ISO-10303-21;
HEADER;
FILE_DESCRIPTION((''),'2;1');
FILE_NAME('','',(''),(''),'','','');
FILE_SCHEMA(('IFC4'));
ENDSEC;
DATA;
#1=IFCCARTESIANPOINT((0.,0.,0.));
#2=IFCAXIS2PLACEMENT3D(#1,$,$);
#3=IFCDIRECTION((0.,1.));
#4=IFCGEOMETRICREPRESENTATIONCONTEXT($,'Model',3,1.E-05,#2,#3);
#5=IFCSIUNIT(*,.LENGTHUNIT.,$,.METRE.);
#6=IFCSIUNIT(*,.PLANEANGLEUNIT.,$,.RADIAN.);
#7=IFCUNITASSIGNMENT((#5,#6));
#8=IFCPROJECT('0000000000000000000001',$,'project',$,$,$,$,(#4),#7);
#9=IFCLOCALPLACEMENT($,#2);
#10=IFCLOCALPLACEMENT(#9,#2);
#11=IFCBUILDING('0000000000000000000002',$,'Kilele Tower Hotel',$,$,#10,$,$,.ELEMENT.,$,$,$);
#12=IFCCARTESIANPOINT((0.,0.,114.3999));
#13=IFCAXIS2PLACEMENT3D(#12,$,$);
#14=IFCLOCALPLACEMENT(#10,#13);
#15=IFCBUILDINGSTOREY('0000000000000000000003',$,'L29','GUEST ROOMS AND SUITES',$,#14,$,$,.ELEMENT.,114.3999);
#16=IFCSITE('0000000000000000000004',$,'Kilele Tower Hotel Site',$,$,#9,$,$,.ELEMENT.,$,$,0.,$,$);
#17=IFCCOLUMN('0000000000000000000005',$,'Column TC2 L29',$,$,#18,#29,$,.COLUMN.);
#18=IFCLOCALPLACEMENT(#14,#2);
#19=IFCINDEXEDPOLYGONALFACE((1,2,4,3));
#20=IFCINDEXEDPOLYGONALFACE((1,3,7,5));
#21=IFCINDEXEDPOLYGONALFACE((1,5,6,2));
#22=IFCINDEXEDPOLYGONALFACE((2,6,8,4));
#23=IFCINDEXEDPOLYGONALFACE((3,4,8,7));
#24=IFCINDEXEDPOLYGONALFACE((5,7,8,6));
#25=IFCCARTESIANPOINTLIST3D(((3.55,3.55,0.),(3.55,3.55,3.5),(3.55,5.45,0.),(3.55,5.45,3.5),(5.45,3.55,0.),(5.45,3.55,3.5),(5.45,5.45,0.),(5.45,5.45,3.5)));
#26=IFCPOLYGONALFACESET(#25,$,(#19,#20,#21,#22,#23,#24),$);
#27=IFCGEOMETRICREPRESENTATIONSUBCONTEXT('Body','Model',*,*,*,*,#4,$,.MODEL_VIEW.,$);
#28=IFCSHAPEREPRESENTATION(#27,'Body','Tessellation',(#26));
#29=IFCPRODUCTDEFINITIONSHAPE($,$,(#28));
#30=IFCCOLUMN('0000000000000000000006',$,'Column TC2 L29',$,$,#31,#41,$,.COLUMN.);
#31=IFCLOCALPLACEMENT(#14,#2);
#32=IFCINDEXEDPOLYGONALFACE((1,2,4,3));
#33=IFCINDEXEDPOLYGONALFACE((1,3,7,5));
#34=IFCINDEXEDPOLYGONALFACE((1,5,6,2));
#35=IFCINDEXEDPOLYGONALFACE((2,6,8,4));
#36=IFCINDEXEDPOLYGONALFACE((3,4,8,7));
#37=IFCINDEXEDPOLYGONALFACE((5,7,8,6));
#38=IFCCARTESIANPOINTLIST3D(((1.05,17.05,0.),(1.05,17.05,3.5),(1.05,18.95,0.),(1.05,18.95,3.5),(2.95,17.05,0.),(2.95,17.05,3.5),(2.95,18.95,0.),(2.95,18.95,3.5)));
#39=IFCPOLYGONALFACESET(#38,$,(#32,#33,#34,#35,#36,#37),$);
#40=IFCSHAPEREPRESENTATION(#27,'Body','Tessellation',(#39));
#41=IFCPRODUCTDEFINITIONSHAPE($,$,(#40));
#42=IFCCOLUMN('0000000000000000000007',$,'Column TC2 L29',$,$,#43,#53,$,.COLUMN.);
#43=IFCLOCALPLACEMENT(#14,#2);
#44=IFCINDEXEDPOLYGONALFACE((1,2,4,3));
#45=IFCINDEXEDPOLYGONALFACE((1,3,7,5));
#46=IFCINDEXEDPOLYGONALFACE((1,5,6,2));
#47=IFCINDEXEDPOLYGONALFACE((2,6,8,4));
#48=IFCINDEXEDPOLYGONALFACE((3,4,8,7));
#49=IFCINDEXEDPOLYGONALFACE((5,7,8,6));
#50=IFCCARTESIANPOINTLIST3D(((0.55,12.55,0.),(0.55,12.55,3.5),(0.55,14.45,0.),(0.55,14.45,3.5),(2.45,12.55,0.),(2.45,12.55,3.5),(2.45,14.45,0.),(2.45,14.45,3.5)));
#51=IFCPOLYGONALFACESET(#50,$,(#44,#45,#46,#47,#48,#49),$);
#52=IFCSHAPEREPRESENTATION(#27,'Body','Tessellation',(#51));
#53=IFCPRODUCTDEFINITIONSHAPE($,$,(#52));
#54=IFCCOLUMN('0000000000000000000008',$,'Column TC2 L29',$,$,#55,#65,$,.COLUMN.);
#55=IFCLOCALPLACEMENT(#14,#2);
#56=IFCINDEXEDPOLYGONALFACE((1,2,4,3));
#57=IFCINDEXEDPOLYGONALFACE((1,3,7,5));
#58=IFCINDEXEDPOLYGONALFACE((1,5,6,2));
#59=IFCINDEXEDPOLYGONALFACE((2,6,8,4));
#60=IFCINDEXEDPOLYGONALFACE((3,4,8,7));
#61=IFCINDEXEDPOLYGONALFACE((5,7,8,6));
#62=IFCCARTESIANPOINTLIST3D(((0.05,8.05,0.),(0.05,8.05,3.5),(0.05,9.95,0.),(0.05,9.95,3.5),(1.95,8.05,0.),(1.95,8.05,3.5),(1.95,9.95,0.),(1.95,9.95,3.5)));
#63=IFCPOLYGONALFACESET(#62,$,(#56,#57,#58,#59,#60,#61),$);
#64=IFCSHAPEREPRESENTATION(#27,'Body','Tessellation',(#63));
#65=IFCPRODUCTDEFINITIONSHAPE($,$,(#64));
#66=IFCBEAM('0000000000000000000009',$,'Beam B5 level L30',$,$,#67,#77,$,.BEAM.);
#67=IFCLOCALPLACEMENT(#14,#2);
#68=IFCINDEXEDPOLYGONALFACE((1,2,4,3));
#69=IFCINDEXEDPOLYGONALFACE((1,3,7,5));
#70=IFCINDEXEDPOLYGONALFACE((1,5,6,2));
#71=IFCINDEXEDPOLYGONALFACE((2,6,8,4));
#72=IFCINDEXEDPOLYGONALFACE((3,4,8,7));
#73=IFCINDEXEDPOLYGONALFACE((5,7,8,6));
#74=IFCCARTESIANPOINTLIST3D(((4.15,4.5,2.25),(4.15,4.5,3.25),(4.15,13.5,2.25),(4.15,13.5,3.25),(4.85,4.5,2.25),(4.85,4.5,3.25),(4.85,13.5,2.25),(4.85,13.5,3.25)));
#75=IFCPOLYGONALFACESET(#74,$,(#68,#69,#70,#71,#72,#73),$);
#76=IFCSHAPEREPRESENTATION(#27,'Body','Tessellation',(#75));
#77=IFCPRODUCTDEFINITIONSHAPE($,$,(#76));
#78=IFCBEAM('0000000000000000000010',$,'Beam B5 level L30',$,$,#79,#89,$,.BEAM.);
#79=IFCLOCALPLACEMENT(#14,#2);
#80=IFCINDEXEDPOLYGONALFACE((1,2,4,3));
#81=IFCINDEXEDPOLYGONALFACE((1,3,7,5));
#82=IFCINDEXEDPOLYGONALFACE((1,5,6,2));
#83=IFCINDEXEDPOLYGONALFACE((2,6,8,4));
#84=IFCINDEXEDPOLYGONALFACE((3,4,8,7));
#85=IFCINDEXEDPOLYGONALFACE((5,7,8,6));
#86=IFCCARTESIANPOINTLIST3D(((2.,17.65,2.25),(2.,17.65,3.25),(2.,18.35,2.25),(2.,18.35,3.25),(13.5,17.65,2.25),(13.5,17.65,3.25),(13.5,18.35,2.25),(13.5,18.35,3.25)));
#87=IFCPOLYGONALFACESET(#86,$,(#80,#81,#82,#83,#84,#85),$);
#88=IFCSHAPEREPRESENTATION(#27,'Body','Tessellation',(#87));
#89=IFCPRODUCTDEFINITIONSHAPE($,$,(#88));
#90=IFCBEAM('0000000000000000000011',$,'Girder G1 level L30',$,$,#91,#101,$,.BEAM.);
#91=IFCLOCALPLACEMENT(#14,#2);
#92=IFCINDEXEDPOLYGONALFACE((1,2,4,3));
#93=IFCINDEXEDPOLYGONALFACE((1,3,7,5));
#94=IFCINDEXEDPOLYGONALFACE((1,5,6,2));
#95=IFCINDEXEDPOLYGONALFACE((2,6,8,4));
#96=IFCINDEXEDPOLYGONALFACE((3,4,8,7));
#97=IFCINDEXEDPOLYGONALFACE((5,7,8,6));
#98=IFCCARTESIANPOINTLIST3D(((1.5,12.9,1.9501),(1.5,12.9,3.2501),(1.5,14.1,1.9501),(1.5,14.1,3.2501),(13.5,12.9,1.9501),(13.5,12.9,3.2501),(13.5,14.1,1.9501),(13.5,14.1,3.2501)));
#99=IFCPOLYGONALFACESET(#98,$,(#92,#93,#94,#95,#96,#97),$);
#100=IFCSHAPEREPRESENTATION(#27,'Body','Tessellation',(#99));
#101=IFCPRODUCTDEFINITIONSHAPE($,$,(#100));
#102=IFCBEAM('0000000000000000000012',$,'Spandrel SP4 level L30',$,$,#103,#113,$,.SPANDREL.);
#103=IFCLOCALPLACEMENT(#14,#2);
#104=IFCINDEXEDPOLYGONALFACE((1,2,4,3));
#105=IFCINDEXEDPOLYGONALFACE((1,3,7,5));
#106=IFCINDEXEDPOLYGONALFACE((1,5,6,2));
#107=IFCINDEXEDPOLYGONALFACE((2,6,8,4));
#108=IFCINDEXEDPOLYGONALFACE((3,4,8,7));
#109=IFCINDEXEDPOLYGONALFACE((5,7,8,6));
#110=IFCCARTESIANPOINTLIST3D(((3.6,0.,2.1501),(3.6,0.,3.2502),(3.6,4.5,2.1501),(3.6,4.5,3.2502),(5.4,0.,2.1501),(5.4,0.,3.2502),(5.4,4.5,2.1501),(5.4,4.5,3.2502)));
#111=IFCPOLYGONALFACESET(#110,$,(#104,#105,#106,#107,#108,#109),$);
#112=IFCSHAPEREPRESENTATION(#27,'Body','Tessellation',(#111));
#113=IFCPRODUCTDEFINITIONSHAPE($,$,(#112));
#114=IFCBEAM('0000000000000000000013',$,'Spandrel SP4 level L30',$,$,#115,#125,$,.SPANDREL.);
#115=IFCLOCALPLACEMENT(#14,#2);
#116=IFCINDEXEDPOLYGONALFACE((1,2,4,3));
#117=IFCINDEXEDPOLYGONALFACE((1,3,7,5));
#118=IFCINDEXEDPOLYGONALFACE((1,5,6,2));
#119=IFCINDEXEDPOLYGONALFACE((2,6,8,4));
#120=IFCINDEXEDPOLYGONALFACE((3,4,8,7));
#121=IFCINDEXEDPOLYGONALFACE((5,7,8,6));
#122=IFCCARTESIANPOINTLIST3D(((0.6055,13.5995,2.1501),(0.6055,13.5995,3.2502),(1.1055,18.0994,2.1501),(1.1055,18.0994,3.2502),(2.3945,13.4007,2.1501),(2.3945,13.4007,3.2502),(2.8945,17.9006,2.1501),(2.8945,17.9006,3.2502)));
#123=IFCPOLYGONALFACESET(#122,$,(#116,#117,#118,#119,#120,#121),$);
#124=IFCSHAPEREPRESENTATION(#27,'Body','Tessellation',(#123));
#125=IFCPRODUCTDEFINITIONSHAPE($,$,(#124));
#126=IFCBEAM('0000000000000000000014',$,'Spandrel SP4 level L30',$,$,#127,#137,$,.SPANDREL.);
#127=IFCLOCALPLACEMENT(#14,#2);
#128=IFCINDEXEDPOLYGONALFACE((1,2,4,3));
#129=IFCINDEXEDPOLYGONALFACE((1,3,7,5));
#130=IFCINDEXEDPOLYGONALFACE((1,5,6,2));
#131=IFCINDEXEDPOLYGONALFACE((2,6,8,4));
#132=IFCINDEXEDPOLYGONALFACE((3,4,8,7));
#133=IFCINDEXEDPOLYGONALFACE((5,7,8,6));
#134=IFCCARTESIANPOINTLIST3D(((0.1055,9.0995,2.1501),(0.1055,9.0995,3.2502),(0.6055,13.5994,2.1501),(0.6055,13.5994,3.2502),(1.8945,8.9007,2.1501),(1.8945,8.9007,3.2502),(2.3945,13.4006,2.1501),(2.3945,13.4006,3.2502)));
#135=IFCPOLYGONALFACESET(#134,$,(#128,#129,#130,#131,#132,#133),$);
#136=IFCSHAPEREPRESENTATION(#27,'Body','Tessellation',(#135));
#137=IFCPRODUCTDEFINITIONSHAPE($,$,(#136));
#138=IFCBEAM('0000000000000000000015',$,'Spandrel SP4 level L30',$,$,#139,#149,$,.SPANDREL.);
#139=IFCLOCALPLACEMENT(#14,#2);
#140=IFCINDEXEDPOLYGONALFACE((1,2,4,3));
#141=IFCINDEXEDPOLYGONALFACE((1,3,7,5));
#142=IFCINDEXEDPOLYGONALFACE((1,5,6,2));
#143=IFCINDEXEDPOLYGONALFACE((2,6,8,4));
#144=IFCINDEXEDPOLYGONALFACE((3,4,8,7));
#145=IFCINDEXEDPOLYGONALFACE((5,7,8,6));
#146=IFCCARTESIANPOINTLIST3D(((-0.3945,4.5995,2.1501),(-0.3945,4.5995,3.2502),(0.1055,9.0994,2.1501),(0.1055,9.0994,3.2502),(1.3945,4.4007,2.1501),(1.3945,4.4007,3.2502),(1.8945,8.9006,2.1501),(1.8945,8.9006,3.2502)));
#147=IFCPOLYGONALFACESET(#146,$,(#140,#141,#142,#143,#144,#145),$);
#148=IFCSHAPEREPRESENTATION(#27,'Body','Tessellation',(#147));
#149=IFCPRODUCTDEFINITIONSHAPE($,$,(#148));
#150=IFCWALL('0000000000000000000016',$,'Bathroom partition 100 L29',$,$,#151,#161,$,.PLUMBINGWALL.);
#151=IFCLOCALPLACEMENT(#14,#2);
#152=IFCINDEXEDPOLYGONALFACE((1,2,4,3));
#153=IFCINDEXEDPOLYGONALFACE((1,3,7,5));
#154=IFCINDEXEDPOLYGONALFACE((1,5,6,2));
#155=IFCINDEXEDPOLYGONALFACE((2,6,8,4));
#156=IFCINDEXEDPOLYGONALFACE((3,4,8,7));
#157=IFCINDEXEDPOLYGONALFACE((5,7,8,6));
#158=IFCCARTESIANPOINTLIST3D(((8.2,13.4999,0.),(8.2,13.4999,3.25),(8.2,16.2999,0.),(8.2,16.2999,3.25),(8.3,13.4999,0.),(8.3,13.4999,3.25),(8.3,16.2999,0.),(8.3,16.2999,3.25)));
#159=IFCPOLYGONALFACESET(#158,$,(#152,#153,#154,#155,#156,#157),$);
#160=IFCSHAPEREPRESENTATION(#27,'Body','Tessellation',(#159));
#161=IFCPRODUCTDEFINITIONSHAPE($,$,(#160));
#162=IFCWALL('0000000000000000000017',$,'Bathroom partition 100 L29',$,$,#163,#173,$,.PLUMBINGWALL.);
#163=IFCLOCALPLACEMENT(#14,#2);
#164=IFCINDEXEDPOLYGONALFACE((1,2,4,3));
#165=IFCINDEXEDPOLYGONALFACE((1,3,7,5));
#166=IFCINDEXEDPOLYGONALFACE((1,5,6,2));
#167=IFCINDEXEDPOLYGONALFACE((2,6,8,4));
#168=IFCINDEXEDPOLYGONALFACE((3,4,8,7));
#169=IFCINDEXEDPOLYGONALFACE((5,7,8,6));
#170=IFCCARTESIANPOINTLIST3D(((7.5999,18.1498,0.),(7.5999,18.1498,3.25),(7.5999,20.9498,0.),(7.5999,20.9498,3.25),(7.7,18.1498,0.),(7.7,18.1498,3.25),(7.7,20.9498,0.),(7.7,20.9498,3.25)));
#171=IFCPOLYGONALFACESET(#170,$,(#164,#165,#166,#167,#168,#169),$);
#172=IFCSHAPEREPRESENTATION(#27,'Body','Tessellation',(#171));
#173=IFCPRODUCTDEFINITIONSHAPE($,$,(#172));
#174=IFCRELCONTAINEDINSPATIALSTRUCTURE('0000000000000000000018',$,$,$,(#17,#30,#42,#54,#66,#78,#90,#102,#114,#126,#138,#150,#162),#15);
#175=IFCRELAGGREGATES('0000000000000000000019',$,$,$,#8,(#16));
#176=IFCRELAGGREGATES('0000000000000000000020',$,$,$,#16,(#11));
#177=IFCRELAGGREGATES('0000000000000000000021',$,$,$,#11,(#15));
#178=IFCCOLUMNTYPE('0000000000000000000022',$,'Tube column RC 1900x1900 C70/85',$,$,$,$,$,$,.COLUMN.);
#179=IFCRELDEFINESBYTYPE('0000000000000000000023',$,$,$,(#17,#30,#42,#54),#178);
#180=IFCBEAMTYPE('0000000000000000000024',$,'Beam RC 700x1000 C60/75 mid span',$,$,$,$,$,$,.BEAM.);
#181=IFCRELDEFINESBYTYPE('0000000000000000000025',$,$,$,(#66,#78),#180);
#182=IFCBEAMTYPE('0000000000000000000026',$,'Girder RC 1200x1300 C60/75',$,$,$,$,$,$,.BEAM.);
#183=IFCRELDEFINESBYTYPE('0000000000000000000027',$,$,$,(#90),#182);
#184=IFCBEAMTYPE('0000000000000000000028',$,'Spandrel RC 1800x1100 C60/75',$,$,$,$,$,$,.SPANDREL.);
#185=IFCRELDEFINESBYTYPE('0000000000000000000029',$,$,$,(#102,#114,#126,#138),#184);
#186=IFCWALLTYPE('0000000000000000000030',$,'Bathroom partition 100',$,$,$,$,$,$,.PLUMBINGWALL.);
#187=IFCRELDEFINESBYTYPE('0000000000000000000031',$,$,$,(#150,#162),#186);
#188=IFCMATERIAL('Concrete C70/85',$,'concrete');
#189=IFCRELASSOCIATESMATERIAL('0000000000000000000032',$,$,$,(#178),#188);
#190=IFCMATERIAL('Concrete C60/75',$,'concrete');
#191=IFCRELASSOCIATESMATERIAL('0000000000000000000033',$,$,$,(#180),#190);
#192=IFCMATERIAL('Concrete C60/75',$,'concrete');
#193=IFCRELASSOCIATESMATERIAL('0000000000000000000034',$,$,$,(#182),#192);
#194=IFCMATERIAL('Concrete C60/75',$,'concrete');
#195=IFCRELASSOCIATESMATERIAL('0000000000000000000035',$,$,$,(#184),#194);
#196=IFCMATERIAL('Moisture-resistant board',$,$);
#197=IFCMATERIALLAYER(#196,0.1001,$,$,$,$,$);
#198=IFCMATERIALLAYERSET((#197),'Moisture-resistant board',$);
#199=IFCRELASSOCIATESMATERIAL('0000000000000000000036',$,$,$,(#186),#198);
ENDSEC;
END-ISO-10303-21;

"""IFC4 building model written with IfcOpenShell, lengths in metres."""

from ifc_helpers import new_model, si_unit, direction, frame, frame_2d, origin, origin_2d, place, context, subcontext, project, spatial, rectangle, extrude, material, layer, layer_set, material_profile, profile_set, type_object, element, save


model = new_model("IFC4")

# Units and contexts
model_context = context("Model", 3, precision=1e-05, world=origin(), true_north=direction((0.0, 1.0)))
body_context = subcontext(model_context, "Body", "Model", "MODEL_VIEW")
ifc_project = project(units=[si_unit("LENGTHUNIT", "METRE"), si_unit("PLANEANGLEUNIT", "RADIAN")], contexts=[model_context])

# Site, building, storey
site_placement = place(None, origin())
site = spatial("IfcSite", under=ifc_project, at=site_placement, Name="Kilele Tower Hotel Site", CompositionType="ELEMENT", RefElevation=0.0)
building_placement = place(site_placement, origin())
building = spatial("IfcBuilding", under=site, at=building_placement, Name="Kilele Tower Hotel", CompositionType="ELEMENT")
storey_placement = place(building_placement, frame((0.0, 0.0, 114.3999)))
storey = spatial("IfcBuildingStorey", under=building, at=storey_placement, Name="L29", Description="GUEST ROOMS AND SUITES", CompositionType="ELEMENT", Elevation=114.3999)

# Columns
ifc_material_1 = material(Name="Concrete C70/85", Category="concrete")
ifc_material_profile_1 = material_profile(ifc_material_1, rectangle(XDim=1.8999, YDim=1.8999, at=origin_2d()))
ifc_profile_set_1 = profile_set([ifc_material_profile_1], Name="Concrete C70/85")
column_type = type_object("IfcColumnType", Name="Tube column RC 1900x1900 C70/85", PredefinedType="COLUMN", material=ifc_profile_set_1)
for number, where, z_axis, x_axis, name in (
    (1, (4.5, 4.5, 0.0), (0.0, 0.0, 1.0), (1.0, 0.0, 0.0), "Column TC2 L29"),
    (2, (2.0, 18.0, 0.0), (0.0, 0.0, 1.0), (1.0, 0.0, 0.0), "Column TC2 L29"),
    (3, (1.5, 13.5, 0.0), (0.0, 0.0, 1.0), (1.0, 0.0, 0.0), "Column TC2 L29"),
    (4, (1.0, 9.0, 0.0), (0.0, 0.0, 1.0), (1.0, 0.0, 0.0), "Column TC2 L29"),
):
    element("IfcColumn", number, at=place(storey_placement, frame(where, z_axis=z_axis, x_axis=x_axis)), inside=storey, type_object=column_type, Name=name, PredefinedType="COLUMN", context=body_context, shape_type="SweptSolid", body=[
        extrude(rectangle(XDim=1.8999, YDim=1.8999, at=origin_2d()), origin(), (0.0, 0.0, 1.0), 3.5),
    ])

# Beams
ifc_material_2 = material(Name="Concrete C60/75", Category="concrete")
ifc_material_profile_2 = material_profile(ifc_material_2, rectangle(XDim=0.7, YDim=1.0, at=origin_2d()))
ifc_profile_set_2 = profile_set([ifc_material_profile_2], Name="Concrete C60/75")
beam_type_1 = type_object("IfcBeamType", Name="Beam RC 700x1000 C60/75 mid span", PredefinedType="BEAM", material=ifc_profile_set_2)
beam_1_placement = place(storey_placement, frame((4.5, 4.5, 2.75), z_axis=(0.0, 1.0, 0.0), x_axis=(-1.0, 0.0, 0.0)))
element("IfcBeam", 5, at=beam_1_placement, inside=storey, type_object=beam_type_1, Name="Beam B5 level L30", PredefinedType="BEAM", context=body_context, shape_type="SweptSolid", body=[
    extrude(rectangle(XDim=0.7, YDim=1.0, at=origin_2d()), origin(), (0.0, 0.0, 1.0), 9.0),
])
beam_2_placement = place(storey_placement, frame((2.0, 18.0, 2.75), z_axis=(1.0, 0.0, 0.0), x_axis=(0.0, 1.0, 0.0)))
element("IfcBeam", 6, at=beam_2_placement, inside=storey, type_object=beam_type_1, Name="Beam B5 level L30", PredefinedType="BEAM", context=body_context, shape_type="SweptSolid", body=[
    extrude(rectangle(XDim=0.7, YDim=1.0, at=origin_2d()), origin(), (0.0, 0.0, 1.0), 11.5),
])
ifc_material_3 = material(Name="Concrete C60/75", Category="concrete")
ifc_material_profile_3 = material_profile(ifc_material_3, rectangle(XDim=1.2, YDim=1.3, at=origin_2d()))
ifc_profile_set_3 = profile_set([ifc_material_profile_3], Name="Concrete C60/75")
beam_type_2 = type_object("IfcBeamType", Name="Girder RC 1200x1300 C60/75", PredefinedType="BEAM", material=ifc_profile_set_3)
beam_3_placement = place(storey_placement, frame((1.5, 13.5, 2.6001), z_axis=(1.0, 0.0, 0.0), x_axis=(0.0, 1.0, 0.0)))
element("IfcBeam", 7, at=beam_3_placement, inside=storey, type_object=beam_type_2, Name="Girder G1 level L30", PredefinedType="BEAM", context=body_context, shape_type="SweptSolid", body=[
    extrude(rectangle(XDim=1.2, YDim=1.3, at=origin_2d()), origin(), (0.0, 0.0, 1.0), 12.0),
])
ifc_material_4 = material(Name="Concrete C60/75", Category="concrete")
ifc_material_profile_4 = material_profile(ifc_material_4, rectangle(XDim=1.8, YDim=1.1001, at=origin_2d()))
ifc_profile_set_4 = profile_set([ifc_material_profile_4], Name="Concrete C60/75")
beam_type_3 = type_object("IfcBeamType", Name="Spandrel RC 1800x1100 C60/75", PredefinedType="SPANDREL", material=ifc_profile_set_4)
beam_4_placement = place(storey_placement, frame((4.5, 4.5, 2.7002), z_axis=(0.0, -1.0, 0.0), x_axis=(1.0, 0.0, 0.0)))
element("IfcBeam", 8, at=beam_4_placement, inside=storey, type_object=beam_type_3, Name="Spandrel SP4 level L30", PredefinedType="SPANDREL", context=body_context, shape_type="SweptSolid", body=[
    extrude(rectangle(XDim=1.8, YDim=1.1001, at=origin_2d()), origin(), (0.0, 0.0, 1.0), 4.5),
])
for number, where, z_axis, x_axis, name in (
    (9, (2.0, 18.0, 2.7002), (-0.110432, -0.993884, 0.0), (0.993884, -0.110432, 0.0), "Spandrel SP4 level L30"),
    (10, (1.5, 13.5, 2.7002), (-0.110432, -0.993884, 0.0), (0.993884, -0.110432, 0.0), "Spandrel SP4 level L30"),
    (11, (1.0, 9.0, 2.7002), (-0.110432, -0.993884, 0.0), (0.993884, -0.110432, 0.0), "Spandrel SP4 level L30"),
):
    element("IfcBeam", number, at=place(storey_placement, frame(where, z_axis=z_axis, x_axis=x_axis)), inside=storey, type_object=beam_type_3, Name=name, PredefinedType="SPANDREL", context=body_context, shape_type="SweptSolid", body=[
        extrude(rectangle(XDim=1.8, YDim=1.1001, at=origin_2d()), origin(), (0.0, 0.0, 1.0), 4.5276),
    ])

# Walls
ifc_material_5 = material(Name="Moisture-resistant board")
ifc_layer_1 = layer(ifc_material_5, 0.1001)
ifc_layer_set_1 = layer_set([ifc_layer_1], Name="Moisture-resistant board")
wall_type_1 = type_object("IfcWallType", Name="Bathroom partition 100", PredefinedType="PLUMBINGWALL", material=ifc_layer_set_1)
for number, where, z_axis, x_axis, name in (
    (12, (8.25, 13.5, 0.0), (0.0, 0.0, 1.0), (0.0, 1.0, 0.0), "Bathroom partition 100 L29"),
    (13, (7.6499, 18.1499, 0.0), (0.0, 0.0, 1.0), (0.0, 1.0, 0.0), "Bathroom partition 100 L29"),
):
    element("IfcWall", number, at=place(storey_placement, frame(where, z_axis=z_axis, x_axis=x_axis)), inside=storey, type_object=wall_type_1, Name=name, PredefinedType="PLUMBINGWALL", context=body_context, shape_type="SweptSolid", body=[
        extrude(rectangle(XDim=2.8, YDim=0.1001, at=frame_2d((1.3999, 0.0))), origin(), (0.0, 0.0, 1.0), 3.25),
    ])

save(model, "model.ifc")
